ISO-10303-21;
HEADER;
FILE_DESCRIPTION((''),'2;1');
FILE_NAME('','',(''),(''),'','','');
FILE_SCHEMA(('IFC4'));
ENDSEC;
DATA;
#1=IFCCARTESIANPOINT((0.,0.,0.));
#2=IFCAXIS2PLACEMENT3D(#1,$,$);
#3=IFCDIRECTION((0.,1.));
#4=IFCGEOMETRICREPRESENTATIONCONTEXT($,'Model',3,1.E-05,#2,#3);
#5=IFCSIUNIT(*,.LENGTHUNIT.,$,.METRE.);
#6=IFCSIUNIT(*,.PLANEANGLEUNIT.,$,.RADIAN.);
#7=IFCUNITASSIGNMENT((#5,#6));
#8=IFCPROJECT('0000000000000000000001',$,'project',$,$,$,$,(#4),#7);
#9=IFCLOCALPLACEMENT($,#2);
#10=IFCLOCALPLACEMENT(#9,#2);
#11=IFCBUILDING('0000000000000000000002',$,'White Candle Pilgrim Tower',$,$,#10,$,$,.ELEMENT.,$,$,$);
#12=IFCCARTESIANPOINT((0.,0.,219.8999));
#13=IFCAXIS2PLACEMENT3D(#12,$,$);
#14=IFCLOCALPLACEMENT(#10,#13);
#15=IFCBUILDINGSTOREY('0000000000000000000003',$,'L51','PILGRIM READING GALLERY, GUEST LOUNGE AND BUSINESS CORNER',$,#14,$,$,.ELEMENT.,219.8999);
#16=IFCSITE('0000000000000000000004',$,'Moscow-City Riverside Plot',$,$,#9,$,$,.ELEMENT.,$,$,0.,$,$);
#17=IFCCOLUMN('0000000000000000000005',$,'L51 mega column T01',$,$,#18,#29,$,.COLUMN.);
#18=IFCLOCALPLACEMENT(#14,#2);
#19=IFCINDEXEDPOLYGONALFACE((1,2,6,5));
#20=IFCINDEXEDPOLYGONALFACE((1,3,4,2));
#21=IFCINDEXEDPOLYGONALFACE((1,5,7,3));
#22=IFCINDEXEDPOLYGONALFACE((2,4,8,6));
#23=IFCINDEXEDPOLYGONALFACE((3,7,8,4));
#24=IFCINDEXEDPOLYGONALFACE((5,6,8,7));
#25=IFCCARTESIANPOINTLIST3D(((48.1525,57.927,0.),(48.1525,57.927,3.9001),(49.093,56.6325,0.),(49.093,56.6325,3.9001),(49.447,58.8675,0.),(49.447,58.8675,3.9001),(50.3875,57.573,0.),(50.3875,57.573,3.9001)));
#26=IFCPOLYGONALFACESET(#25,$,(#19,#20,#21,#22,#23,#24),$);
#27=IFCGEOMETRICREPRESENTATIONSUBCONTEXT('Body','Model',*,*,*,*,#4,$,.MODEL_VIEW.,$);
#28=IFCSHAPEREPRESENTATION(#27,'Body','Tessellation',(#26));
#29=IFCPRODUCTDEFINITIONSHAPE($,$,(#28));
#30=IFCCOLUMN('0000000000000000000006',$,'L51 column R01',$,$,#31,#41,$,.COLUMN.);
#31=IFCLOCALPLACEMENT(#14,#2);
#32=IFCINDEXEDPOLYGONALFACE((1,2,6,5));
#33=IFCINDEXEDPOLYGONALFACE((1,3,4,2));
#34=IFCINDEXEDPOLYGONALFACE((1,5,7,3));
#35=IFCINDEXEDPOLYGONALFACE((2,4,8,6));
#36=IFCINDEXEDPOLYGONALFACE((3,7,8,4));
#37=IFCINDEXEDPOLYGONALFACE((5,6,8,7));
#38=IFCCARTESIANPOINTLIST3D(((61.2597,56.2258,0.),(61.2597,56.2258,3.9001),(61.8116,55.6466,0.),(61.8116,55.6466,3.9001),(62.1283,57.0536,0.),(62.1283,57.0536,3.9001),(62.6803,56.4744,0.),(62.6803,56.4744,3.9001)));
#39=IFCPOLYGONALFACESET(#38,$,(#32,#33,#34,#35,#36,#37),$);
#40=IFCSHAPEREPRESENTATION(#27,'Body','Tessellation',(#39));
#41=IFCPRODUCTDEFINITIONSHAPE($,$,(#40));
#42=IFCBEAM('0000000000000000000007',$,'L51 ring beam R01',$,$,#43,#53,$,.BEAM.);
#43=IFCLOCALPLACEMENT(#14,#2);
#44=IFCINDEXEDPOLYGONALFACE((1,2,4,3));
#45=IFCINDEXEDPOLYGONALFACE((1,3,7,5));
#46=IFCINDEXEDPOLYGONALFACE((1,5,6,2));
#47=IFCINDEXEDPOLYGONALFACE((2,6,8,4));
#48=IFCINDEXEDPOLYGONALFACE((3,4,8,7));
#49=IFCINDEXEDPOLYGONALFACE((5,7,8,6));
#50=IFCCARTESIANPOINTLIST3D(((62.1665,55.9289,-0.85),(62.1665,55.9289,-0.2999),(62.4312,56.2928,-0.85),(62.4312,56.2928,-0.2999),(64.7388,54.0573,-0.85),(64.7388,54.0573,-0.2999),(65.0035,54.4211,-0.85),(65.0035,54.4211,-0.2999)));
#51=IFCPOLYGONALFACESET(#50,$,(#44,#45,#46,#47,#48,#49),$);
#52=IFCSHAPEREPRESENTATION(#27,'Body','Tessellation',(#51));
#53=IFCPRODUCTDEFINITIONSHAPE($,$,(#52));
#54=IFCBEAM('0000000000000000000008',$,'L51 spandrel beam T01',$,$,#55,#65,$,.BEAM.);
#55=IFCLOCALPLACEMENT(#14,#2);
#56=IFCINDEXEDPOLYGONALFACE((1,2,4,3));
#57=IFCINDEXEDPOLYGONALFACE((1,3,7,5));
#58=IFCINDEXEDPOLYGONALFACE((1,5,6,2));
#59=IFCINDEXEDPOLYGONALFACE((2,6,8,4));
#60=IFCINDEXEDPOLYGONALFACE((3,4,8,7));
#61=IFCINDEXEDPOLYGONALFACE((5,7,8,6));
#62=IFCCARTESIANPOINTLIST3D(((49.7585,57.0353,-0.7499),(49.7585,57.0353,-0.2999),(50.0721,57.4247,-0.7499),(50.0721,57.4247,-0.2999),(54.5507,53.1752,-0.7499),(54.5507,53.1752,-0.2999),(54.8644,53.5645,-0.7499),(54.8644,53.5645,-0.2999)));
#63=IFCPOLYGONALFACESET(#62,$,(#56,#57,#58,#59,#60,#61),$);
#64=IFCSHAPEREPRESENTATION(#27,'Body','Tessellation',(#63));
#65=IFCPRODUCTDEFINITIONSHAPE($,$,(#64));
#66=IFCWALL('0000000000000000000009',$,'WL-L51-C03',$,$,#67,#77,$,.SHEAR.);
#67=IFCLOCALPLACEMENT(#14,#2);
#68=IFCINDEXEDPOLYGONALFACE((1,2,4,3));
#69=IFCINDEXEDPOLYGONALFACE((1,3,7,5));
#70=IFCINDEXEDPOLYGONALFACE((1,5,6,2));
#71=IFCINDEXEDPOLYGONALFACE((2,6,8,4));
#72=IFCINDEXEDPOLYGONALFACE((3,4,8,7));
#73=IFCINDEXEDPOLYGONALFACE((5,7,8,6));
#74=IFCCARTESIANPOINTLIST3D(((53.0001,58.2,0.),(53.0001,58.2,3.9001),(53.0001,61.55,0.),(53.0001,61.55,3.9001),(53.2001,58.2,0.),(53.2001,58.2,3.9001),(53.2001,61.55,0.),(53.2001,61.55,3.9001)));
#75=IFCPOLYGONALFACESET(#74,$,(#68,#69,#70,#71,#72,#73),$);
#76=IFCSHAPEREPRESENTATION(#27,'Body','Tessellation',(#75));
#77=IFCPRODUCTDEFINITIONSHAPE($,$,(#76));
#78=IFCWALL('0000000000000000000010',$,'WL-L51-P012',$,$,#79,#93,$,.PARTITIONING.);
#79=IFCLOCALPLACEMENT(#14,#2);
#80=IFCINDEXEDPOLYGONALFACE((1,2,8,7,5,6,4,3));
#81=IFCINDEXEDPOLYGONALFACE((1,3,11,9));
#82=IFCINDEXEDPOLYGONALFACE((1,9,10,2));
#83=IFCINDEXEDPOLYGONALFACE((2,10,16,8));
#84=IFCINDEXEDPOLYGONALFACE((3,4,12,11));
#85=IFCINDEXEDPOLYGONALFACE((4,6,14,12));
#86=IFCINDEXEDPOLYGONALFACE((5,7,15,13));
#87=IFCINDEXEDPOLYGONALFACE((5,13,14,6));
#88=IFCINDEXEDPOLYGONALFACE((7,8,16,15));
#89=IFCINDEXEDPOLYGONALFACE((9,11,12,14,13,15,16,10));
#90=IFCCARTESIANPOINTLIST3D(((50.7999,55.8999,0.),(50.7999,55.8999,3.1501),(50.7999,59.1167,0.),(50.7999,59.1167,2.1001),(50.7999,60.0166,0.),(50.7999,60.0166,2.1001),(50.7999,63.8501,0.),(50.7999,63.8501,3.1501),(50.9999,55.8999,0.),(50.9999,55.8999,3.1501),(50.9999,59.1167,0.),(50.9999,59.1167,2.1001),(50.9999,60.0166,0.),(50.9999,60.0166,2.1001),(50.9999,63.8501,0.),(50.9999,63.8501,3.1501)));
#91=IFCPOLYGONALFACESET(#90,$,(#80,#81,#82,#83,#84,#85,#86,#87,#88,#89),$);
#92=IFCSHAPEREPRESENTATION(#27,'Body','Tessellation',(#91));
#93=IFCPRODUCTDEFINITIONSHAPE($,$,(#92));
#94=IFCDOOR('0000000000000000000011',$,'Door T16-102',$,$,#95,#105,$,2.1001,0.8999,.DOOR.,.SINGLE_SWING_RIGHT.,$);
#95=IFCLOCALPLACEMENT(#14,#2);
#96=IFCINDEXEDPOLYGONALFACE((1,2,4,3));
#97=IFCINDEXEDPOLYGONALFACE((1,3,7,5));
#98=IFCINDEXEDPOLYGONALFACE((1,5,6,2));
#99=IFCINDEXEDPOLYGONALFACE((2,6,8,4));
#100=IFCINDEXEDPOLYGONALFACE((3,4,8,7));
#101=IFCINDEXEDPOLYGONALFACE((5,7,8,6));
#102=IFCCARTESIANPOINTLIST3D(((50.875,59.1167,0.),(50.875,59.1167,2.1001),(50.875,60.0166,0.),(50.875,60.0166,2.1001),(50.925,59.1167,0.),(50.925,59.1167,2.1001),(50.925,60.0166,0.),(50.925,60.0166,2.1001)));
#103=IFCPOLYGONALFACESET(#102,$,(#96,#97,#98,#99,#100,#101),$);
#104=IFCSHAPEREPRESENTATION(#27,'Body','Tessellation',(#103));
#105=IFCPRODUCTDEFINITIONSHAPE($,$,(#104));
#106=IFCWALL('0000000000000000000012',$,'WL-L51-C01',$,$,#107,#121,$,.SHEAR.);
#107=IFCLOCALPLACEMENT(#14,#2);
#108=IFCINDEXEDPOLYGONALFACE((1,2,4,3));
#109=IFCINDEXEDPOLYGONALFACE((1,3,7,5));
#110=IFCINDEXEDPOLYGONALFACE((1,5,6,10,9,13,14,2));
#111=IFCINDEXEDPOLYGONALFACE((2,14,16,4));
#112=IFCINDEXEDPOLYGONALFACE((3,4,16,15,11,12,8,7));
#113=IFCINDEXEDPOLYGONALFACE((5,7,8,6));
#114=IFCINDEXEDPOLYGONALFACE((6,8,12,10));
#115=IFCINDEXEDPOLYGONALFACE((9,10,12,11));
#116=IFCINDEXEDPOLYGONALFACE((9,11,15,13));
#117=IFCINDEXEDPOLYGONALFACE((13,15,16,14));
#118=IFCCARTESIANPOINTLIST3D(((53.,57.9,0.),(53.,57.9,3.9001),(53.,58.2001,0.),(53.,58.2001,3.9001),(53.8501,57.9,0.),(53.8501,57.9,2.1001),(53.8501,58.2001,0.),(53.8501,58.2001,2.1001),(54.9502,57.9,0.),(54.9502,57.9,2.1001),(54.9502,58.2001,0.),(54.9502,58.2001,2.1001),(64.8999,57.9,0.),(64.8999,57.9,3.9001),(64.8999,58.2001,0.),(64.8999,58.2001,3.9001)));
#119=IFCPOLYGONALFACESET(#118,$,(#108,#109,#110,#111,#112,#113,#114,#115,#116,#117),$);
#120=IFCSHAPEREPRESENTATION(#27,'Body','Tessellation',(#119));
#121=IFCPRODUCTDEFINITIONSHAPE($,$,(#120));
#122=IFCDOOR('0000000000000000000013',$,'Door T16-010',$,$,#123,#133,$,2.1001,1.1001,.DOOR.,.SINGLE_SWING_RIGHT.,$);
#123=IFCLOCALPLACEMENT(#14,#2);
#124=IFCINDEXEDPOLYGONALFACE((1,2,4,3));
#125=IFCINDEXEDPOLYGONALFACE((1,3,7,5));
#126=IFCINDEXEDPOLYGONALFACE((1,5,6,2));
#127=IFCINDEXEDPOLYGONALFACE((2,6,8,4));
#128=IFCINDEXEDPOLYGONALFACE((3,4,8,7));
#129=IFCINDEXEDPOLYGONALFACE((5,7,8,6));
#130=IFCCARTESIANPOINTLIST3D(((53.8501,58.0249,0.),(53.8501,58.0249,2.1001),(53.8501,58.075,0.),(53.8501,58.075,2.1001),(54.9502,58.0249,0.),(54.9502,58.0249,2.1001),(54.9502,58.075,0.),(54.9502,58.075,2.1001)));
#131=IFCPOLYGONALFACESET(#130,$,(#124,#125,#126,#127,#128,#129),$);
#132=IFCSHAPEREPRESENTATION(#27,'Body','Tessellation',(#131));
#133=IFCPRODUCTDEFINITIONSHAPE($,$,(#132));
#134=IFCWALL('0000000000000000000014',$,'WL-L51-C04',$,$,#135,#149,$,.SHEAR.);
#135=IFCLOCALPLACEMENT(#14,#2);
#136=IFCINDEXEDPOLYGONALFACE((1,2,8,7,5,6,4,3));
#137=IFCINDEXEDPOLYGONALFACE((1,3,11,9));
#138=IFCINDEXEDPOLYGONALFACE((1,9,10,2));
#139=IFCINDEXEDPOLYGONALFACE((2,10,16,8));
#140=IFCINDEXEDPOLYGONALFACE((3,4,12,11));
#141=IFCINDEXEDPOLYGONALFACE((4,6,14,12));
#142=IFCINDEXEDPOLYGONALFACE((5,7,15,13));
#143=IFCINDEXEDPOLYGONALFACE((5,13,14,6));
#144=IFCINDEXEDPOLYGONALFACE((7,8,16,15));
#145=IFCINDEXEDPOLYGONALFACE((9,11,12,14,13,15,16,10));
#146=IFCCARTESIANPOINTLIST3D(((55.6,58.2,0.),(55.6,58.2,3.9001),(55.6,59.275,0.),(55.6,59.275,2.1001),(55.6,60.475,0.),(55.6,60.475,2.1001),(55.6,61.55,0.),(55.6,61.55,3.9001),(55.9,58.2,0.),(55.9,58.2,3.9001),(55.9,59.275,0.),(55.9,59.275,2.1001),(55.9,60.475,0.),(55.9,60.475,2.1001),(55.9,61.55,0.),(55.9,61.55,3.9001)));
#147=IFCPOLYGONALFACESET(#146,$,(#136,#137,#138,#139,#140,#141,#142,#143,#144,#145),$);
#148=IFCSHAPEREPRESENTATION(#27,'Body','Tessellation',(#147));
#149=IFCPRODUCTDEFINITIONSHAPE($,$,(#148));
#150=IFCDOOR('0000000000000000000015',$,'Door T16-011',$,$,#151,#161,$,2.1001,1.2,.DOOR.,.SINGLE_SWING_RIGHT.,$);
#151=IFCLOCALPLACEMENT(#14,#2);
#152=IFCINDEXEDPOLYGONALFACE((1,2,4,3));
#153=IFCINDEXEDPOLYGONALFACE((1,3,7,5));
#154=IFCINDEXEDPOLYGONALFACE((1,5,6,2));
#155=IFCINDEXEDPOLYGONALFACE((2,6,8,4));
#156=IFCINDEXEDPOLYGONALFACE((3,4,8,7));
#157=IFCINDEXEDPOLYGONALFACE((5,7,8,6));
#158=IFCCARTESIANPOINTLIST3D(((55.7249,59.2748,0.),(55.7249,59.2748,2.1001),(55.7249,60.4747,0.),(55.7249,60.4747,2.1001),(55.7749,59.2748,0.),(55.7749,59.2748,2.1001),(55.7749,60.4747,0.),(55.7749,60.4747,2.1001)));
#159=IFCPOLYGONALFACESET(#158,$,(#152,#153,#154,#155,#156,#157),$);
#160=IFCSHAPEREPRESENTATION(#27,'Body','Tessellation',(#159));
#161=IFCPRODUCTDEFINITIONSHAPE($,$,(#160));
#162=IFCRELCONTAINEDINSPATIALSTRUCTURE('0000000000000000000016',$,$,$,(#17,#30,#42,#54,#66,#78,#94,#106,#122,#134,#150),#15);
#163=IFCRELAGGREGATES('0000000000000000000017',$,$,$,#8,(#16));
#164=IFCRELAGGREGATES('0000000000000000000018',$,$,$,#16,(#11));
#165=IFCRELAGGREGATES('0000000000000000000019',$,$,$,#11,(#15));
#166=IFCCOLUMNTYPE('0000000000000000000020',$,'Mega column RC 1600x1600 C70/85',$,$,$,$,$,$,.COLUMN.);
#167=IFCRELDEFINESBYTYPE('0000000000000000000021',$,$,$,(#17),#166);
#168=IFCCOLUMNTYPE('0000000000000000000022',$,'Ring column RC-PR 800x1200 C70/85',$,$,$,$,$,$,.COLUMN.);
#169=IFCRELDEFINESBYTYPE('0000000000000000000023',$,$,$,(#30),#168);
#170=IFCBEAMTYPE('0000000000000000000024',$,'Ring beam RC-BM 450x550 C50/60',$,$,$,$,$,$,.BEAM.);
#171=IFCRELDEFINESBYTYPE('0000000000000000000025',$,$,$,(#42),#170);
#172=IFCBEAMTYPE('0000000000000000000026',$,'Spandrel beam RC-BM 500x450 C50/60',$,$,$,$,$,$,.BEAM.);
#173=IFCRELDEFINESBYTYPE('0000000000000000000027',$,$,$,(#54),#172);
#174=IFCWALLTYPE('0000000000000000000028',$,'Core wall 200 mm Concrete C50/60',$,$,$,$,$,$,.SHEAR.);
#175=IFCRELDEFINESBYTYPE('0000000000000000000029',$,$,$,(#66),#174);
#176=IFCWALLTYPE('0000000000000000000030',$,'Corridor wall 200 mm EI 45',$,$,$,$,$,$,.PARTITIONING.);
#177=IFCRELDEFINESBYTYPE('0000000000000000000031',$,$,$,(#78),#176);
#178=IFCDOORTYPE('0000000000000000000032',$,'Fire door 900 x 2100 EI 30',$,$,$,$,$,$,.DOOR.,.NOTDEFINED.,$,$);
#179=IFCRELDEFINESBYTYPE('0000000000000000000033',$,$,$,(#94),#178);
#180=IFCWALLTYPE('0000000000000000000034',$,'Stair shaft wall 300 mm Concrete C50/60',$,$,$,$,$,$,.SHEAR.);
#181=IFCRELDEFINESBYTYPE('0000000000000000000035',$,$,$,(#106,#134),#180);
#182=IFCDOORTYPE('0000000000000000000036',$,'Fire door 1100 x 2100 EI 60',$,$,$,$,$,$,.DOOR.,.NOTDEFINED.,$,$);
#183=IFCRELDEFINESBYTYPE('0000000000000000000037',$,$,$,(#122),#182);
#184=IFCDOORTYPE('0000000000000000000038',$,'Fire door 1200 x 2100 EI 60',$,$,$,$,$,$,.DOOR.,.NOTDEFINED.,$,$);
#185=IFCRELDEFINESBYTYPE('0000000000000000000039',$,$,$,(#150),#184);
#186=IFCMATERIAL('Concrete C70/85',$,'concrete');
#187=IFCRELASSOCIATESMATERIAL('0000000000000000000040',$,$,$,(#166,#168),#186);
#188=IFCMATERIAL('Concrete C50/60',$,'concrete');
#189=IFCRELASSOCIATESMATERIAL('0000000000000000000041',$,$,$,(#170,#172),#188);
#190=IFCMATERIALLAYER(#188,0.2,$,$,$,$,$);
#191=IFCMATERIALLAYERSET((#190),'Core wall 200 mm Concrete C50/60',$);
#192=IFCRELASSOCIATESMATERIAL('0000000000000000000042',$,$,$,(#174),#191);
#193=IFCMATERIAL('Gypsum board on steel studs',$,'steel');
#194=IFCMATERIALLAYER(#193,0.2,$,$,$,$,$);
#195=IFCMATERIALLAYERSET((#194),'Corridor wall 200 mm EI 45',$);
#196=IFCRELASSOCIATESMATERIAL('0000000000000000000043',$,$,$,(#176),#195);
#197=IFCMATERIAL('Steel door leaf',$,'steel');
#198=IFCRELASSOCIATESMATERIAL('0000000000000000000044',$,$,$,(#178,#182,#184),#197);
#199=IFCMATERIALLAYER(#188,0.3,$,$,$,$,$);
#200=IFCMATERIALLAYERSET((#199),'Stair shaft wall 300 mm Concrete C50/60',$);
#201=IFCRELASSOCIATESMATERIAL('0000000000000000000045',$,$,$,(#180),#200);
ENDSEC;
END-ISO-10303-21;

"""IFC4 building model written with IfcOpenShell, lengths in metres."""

from ifc_helpers import new_model, si_unit, direction, frame, frame_2d, origin, origin_2d, place, context, subcontext, project, spatial, rectangle, extrude, material, layer, layer_set, material_profile, profile_set, type_object, element, fill, save


model = new_model("IFC4")

# Units and contexts
model_context = context("Model", 3, precision=1e-05, world=origin(), true_north=direction((0.0, 1.0)))
body_context = subcontext(model_context, "Body", "Model", "MODEL_VIEW")
ifc_project = project(units=[si_unit("LENGTHUNIT", "METRE"), si_unit("PLANEANGLEUNIT", "RADIAN")], contexts=[model_context])

# Site, building, storey
site_placement = place(None, origin())
site = spatial("IfcSite", under=ifc_project, at=site_placement, Name="Moscow-City Riverside Plot", CompositionType="ELEMENT", RefElevation=0.0)
building_placement = place(site_placement, origin())
building = spatial("IfcBuilding", under=site, at=building_placement, Name="White Candle Pilgrim Tower", CompositionType="ELEMENT")
storey_placement = place(building_placement, frame((0.0, 0.0, 219.8999)))
storey = spatial("IfcBuildingStorey", under=building, at=storey_placement, Name="L51", Description="PILGRIM READING GALLERY, GUEST LOUNGE AND BUSINESS CORNER", CompositionType="ELEMENT", Elevation=219.8999)

# Columns
ifc_material_1 = material(Name="Concrete C70/85", Category="concrete")
ifc_material_profile_1 = material_profile(ifc_material_1, rectangle(XDim=1.6001, YDim=1.6001, at=origin_2d()), Name="RC 1600x1600")
ifc_profile_set_1 = profile_set([ifc_material_profile_1], Name="Concrete C70/85")
column_type_1 = type_object("IfcColumnType", Name="Mega column RC 1600x1600 C70/85", PredefinedType="COLUMN", material=ifc_profile_set_1)
column_1_placement = place(storey_placement, frame((49.27, 57.75, 0.0), z_axis=(0.0, 0.0, 1.0), x_axis=(-0.809017, -0.587785, 0.0)))
element("IfcColumn", 1, at=column_1_placement, inside=storey, type_object=column_type_1, Name="L51 mega column T01", PredefinedType="COLUMN", context=body_context, shape_type="SweptSolid", body=[
    extrude(rectangle(XDim=1.6001, YDim=1.6001, at=origin_2d()), origin(), (0.0, 0.0, 1.0), 3.9001),
])
ifc_material_profile_2 = material_profile(ifc_material_1, rectangle(XDim=0.8, YDim=1.2, at=origin_2d()), Name="RC-PR 800x1200")
ifc_profile_set_2 = profile_set([ifc_material_profile_2], Name="Concrete C70/85")
column_type_2 = type_object("IfcColumnType", Name="Ring column RC-PR 800x1200 C70/85", PredefinedType="COLUMN", material=ifc_profile_set_2)
column_2_placement = place(storey_placement, frame((61.97, 56.3501, 0.0), z_axis=(0.0, 0.0, 1.0), x_axis=(-0.689872, 0.723931, 0.0)))
element("IfcColumn", 2, at=column_2_placement, inside=storey, type_object=column_type_2, Name="L51 column R01", PredefinedType="COLUMN", context=body_context, shape_type="SweptSolid", body=[
    extrude(rectangle(XDim=0.8, YDim=1.2, at=origin_2d()), origin(), (0.0, 0.0, 1.0), 3.9001),
])

# Beams
ifc_material_2 = material(Name="Concrete C50/60", Category="concrete")
ifc_material_profile_3 = material_profile(ifc_material_2, rectangle(XDim=0.45, YDim=0.55, at=origin_2d()), Name="RC-BM 450x550")
ifc_profile_set_3 = profile_set([ifc_material_profile_3], Name="Concrete C50/60")
beam_type_1 = type_object("IfcBeamType", Name="Ring beam RC-BM 450x550 C50/60", PredefinedType="BEAM", material=ifc_profile_set_3)
beam_1_placement = place(storey_placement, frame((62.2988, 56.1108, -0.575), z_axis=(0.80861, -0.588345, 0.0), x_axis=(0.588345, 0.80861, 0.0)))
element("IfcBeam", 3, at=beam_1_placement, inside=storey, type_object=beam_type_1, Name="L51 ring beam R01", PredefinedType="BEAM", context=body_context, shape_type="SweptSolid", body=[
    extrude(rectangle(XDim=0.45, YDim=0.55, at=origin_2d()), origin(), (0.0, 0.0, 1.0), 3.1812),
])
ifc_material_profile_4 = material_profile(ifc_material_2, rectangle(XDim=0.5, YDim=0.45, at=origin_2d()), Name="RC-BM 500x450")
ifc_profile_set_4 = profile_set([ifc_material_profile_4], Name="Concrete C50/60")
beam_type_2 = type_object("IfcBeamType", Name="Spandrel beam RC-BM 500x450 C50/60", PredefinedType="BEAM", material=ifc_profile_set_4)
beam_2_placement = place(storey_placement, frame((49.9153, 57.23, -0.5249), z_axis=(0.778778, -0.627299, 0.0), x_axis=(0.627299, 0.778778, 0.0)))
element("IfcBeam", 4, at=beam_2_placement, inside=storey, type_object=beam_type_2, Name="L51 spandrel beam T01", PredefinedType="BEAM", context=body_context, shape_type="SweptSolid", body=[
    extrude(rectangle(XDim=0.5, YDim=0.45, at=origin_2d()), origin(), (0.0, 0.0, 1.0), 6.1536),
])

# Wall
ifc_layer_1 = layer(ifc_material_2, 0.2)
ifc_layer_set_1 = layer_set([ifc_layer_1], Name="Core wall 200 mm Concrete C50/60")
wall_type_1 = type_object("IfcWallType", Name="Core wall 200 mm Concrete C50/60", PredefinedType="SHEAR", material=ifc_layer_set_1)
wall_1_placement = place(storey_placement, frame((53.1001, 58.2, 0.0), z_axis=(0.0, 0.0, 1.0), x_axis=(0.0, 1.0, 0.0)))
element("IfcWall", 5, at=wall_1_placement, inside=storey, type_object=wall_type_1, Name="WL-L51-C03", PredefinedType="SHEAR", context=body_context, shape_type="SweptSolid", body=[
    extrude(rectangle(XDim=3.3501, YDim=0.2, at=frame_2d((1.675, 0.0))), origin(), (0.0, 0.0, 1.0), 3.9001),
])

# Walls, openings, doors
ifc_material_3 = material(Name="Gypsum board on steel studs", Category="steel")
ifc_layer_2 = layer(ifc_material_3, 0.2)
ifc_layer_set_2 = layer_set([ifc_layer_2], Name="Corridor wall 200 mm EI 45")
wall_type_2 = type_object("IfcWallType", Name="Corridor wall 200 mm EI 45", PredefinedType="PARTITIONING", material=ifc_layer_set_2)
wall_2_placement = place(storey_placement, frame((50.8999, 55.8999, 0.0), z_axis=(0.0, 0.0, 1.0), x_axis=(0.0, 1.0, 0.0)))
wall_2 = element("IfcWall", 6, at=wall_2_placement, inside=storey, type_object=wall_type_2, Name="WL-L51-P012", PredefinedType="PARTITIONING", context=body_context, shape_type="SweptSolid", body=[
    extrude(rectangle(XDim=7.9502, YDim=0.2, at=frame_2d((3.9751, 0.0))), origin(), (0.0, 0.0, 1.0), 3.1501),
])
opening_1_placement = place(wall_2_placement, frame((3.2168, 0.0, 0.0)))
opening_1 = element("IfcOpeningElement", 7, at=opening_1_placement, cuts=wall_2, PredefinedType="OPENING", context=body_context, shape_type="SweptSolid", body=[
    extrude(rectangle(XDim=0.8999, YDim=2.1001, at=frame_2d((0.45, 1.05))), frame((0.0, 0.1099, 0.0), z_axis=(0.0, -1.0, 0.0), x_axis=(1.0, 0.0, 0.0)), (0.0, 0.0, 1.0), 0.22),
])
ifc_material_4 = material(Name="Steel door leaf", Category="steel")
door_type_1 = type_object("IfcDoorType", Name="Fire door 900 x 2100 EI 30", OperationType="NOTDEFINED", PredefinedType="DOOR", material=ifc_material_4)
door_1_placement = place(opening_1_placement, origin())
door_1 = element("IfcDoor", 8, at=door_1_placement, inside=storey, type_object=door_type_1, Name="Door T16-102", OperationType="SINGLE_SWING_RIGHT", OverallHeight=2.1001, OverallWidth=0.8999, PredefinedType="DOOR", context=body_context, shape_type="SweptSolid", body=[
    extrude(rectangle(XDim=0.8999, YDim=2.1001, at=frame_2d((0.45, 1.05))), frame((0.0, 0.0249, 0.0), z_axis=(0.0, -1.0, 0.0), x_axis=(1.0, 0.0, 0.0)), (0.0, 0.0, 1.0), 0.05),
])
fill(opening_1, door_1)
ifc_layer_3 = layer(ifc_material_2, 0.3)
ifc_layer_set_3 = layer_set([ifc_layer_3], Name="Stair shaft wall 300 mm Concrete C50/60")
wall_type_3 = type_object("IfcWallType", Name="Stair shaft wall 300 mm Concrete C50/60", PredefinedType="SHEAR", material=ifc_layer_set_3)
wall_3_placement = place(storey_placement, frame((53.0, 58.05, 0.0), z_axis=(0.0, 0.0, 1.0), x_axis=(1.0, 0.0, 0.0)))
wall_3 = element("IfcWall", 9, at=wall_3_placement, inside=storey, type_object=wall_type_3, Name="WL-L51-C01", PredefinedType="SHEAR", context=body_context, shape_type="SweptSolid", body=[
    extrude(rectangle(XDim=11.8999, YDim=0.3, at=frame_2d((5.95, 0.0))), origin(), (0.0, 0.0, 1.0), 3.9001),
])
opening_2_placement = place(wall_3_placement, frame((0.8501, 0.0, 0.0)))
opening_2 = element("IfcOpeningElement", 10, at=opening_2_placement, cuts=wall_3, PredefinedType="OPENING", context=body_context, shape_type="SweptSolid", body=[
    extrude(rectangle(XDim=1.1001, YDim=2.1001, at=frame_2d((0.55, 1.05))), frame((0.0, 0.1599, 0.0), z_axis=(0.0, -1.0, 0.0), x_axis=(1.0, 0.0, 0.0)), (0.0, 0.0, 1.0), 0.3201),
])
door_type_2 = type_object("IfcDoorType", Name="Fire door 1100 x 2100 EI 60", OperationType="NOTDEFINED", PredefinedType="DOOR", material=ifc_material_4)
door_2_placement = place(opening_2_placement, origin())
door_2 = element("IfcDoor", 11, at=door_2_placement, inside=storey, type_object=door_type_2, Name="Door T16-010", OperationType="SINGLE_SWING_RIGHT", OverallHeight=2.1001, OverallWidth=1.1001, PredefinedType="DOOR", context=body_context, shape_type="SweptSolid", body=[
    extrude(rectangle(XDim=1.1001, YDim=2.1001, at=frame_2d((0.55, 1.05))), frame((0.0, 0.0249, 0.0), z_axis=(0.0, -1.0, 0.0), x_axis=(1.0, 0.0, 0.0)), (0.0, 0.0, 1.0), 0.05),
])
fill(opening_2, door_2)
wall_4_placement = place(storey_placement, frame((55.75, 58.2, 0.0), z_axis=(0.0, 0.0, 1.0), x_axis=(0.0, 1.0, 0.0)))
wall_4 = element("IfcWall", 12, at=wall_4_placement, inside=storey, type_object=wall_type_3, Name="WL-L51-C04", PredefinedType="SHEAR", context=body_context, shape_type="SweptSolid", body=[
    extrude(rectangle(XDim=3.3501, YDim=0.3, at=frame_2d((1.675, 0.0))), origin(), (0.0, 0.0, 1.0), 3.9001),
])
opening_3_placement = place(wall_4_placement, frame((1.075, 0.0, 0.0)))
opening_3 = element("IfcOpeningElement", 13, at=opening_3_placement, cuts=wall_4, PredefinedType="OPENING", context=body_context, shape_type="SweptSolid", body=[
    extrude(rectangle(XDim=1.2, YDim=2.1001, at=frame_2d((0.6001, 1.05))), frame((0.0, 0.1599, 0.0), z_axis=(0.0, -1.0, 0.0), x_axis=(1.0, 0.0, 0.0)), (0.0, 0.0, 1.0), 0.3201),
])
door_type_3 = type_object("IfcDoorType", Name="Fire door 1200 x 2100 EI 60", OperationType="NOTDEFINED", PredefinedType="DOOR", material=ifc_material_4)
door_3_placement = place(opening_3_placement, frame((1.2, 0.0, 0.0), z_axis=(0.0, 0.0, 1.0), x_axis=(-1.0, 0.0, 0.0)))
door_3 = element("IfcDoor", 14, at=door_3_placement, inside=storey, type_object=door_type_3, Name="Door T16-011", OperationType="SINGLE_SWING_RIGHT", OverallHeight=2.1001, OverallWidth=1.2, PredefinedType="DOOR", context=body_context, shape_type="SweptSolid", body=[
    extrude(rectangle(XDim=1.2, YDim=2.1001, at=frame_2d((0.6001, 1.05))), frame((0.0, 0.0249, 0.0), z_axis=(0.0, -1.0, 0.0), x_axis=(1.0, 0.0, 0.0)), (0.0, 0.0, 1.0), 0.05),
])
fill(opening_3, door_3)

save(model, "model.ifc")
